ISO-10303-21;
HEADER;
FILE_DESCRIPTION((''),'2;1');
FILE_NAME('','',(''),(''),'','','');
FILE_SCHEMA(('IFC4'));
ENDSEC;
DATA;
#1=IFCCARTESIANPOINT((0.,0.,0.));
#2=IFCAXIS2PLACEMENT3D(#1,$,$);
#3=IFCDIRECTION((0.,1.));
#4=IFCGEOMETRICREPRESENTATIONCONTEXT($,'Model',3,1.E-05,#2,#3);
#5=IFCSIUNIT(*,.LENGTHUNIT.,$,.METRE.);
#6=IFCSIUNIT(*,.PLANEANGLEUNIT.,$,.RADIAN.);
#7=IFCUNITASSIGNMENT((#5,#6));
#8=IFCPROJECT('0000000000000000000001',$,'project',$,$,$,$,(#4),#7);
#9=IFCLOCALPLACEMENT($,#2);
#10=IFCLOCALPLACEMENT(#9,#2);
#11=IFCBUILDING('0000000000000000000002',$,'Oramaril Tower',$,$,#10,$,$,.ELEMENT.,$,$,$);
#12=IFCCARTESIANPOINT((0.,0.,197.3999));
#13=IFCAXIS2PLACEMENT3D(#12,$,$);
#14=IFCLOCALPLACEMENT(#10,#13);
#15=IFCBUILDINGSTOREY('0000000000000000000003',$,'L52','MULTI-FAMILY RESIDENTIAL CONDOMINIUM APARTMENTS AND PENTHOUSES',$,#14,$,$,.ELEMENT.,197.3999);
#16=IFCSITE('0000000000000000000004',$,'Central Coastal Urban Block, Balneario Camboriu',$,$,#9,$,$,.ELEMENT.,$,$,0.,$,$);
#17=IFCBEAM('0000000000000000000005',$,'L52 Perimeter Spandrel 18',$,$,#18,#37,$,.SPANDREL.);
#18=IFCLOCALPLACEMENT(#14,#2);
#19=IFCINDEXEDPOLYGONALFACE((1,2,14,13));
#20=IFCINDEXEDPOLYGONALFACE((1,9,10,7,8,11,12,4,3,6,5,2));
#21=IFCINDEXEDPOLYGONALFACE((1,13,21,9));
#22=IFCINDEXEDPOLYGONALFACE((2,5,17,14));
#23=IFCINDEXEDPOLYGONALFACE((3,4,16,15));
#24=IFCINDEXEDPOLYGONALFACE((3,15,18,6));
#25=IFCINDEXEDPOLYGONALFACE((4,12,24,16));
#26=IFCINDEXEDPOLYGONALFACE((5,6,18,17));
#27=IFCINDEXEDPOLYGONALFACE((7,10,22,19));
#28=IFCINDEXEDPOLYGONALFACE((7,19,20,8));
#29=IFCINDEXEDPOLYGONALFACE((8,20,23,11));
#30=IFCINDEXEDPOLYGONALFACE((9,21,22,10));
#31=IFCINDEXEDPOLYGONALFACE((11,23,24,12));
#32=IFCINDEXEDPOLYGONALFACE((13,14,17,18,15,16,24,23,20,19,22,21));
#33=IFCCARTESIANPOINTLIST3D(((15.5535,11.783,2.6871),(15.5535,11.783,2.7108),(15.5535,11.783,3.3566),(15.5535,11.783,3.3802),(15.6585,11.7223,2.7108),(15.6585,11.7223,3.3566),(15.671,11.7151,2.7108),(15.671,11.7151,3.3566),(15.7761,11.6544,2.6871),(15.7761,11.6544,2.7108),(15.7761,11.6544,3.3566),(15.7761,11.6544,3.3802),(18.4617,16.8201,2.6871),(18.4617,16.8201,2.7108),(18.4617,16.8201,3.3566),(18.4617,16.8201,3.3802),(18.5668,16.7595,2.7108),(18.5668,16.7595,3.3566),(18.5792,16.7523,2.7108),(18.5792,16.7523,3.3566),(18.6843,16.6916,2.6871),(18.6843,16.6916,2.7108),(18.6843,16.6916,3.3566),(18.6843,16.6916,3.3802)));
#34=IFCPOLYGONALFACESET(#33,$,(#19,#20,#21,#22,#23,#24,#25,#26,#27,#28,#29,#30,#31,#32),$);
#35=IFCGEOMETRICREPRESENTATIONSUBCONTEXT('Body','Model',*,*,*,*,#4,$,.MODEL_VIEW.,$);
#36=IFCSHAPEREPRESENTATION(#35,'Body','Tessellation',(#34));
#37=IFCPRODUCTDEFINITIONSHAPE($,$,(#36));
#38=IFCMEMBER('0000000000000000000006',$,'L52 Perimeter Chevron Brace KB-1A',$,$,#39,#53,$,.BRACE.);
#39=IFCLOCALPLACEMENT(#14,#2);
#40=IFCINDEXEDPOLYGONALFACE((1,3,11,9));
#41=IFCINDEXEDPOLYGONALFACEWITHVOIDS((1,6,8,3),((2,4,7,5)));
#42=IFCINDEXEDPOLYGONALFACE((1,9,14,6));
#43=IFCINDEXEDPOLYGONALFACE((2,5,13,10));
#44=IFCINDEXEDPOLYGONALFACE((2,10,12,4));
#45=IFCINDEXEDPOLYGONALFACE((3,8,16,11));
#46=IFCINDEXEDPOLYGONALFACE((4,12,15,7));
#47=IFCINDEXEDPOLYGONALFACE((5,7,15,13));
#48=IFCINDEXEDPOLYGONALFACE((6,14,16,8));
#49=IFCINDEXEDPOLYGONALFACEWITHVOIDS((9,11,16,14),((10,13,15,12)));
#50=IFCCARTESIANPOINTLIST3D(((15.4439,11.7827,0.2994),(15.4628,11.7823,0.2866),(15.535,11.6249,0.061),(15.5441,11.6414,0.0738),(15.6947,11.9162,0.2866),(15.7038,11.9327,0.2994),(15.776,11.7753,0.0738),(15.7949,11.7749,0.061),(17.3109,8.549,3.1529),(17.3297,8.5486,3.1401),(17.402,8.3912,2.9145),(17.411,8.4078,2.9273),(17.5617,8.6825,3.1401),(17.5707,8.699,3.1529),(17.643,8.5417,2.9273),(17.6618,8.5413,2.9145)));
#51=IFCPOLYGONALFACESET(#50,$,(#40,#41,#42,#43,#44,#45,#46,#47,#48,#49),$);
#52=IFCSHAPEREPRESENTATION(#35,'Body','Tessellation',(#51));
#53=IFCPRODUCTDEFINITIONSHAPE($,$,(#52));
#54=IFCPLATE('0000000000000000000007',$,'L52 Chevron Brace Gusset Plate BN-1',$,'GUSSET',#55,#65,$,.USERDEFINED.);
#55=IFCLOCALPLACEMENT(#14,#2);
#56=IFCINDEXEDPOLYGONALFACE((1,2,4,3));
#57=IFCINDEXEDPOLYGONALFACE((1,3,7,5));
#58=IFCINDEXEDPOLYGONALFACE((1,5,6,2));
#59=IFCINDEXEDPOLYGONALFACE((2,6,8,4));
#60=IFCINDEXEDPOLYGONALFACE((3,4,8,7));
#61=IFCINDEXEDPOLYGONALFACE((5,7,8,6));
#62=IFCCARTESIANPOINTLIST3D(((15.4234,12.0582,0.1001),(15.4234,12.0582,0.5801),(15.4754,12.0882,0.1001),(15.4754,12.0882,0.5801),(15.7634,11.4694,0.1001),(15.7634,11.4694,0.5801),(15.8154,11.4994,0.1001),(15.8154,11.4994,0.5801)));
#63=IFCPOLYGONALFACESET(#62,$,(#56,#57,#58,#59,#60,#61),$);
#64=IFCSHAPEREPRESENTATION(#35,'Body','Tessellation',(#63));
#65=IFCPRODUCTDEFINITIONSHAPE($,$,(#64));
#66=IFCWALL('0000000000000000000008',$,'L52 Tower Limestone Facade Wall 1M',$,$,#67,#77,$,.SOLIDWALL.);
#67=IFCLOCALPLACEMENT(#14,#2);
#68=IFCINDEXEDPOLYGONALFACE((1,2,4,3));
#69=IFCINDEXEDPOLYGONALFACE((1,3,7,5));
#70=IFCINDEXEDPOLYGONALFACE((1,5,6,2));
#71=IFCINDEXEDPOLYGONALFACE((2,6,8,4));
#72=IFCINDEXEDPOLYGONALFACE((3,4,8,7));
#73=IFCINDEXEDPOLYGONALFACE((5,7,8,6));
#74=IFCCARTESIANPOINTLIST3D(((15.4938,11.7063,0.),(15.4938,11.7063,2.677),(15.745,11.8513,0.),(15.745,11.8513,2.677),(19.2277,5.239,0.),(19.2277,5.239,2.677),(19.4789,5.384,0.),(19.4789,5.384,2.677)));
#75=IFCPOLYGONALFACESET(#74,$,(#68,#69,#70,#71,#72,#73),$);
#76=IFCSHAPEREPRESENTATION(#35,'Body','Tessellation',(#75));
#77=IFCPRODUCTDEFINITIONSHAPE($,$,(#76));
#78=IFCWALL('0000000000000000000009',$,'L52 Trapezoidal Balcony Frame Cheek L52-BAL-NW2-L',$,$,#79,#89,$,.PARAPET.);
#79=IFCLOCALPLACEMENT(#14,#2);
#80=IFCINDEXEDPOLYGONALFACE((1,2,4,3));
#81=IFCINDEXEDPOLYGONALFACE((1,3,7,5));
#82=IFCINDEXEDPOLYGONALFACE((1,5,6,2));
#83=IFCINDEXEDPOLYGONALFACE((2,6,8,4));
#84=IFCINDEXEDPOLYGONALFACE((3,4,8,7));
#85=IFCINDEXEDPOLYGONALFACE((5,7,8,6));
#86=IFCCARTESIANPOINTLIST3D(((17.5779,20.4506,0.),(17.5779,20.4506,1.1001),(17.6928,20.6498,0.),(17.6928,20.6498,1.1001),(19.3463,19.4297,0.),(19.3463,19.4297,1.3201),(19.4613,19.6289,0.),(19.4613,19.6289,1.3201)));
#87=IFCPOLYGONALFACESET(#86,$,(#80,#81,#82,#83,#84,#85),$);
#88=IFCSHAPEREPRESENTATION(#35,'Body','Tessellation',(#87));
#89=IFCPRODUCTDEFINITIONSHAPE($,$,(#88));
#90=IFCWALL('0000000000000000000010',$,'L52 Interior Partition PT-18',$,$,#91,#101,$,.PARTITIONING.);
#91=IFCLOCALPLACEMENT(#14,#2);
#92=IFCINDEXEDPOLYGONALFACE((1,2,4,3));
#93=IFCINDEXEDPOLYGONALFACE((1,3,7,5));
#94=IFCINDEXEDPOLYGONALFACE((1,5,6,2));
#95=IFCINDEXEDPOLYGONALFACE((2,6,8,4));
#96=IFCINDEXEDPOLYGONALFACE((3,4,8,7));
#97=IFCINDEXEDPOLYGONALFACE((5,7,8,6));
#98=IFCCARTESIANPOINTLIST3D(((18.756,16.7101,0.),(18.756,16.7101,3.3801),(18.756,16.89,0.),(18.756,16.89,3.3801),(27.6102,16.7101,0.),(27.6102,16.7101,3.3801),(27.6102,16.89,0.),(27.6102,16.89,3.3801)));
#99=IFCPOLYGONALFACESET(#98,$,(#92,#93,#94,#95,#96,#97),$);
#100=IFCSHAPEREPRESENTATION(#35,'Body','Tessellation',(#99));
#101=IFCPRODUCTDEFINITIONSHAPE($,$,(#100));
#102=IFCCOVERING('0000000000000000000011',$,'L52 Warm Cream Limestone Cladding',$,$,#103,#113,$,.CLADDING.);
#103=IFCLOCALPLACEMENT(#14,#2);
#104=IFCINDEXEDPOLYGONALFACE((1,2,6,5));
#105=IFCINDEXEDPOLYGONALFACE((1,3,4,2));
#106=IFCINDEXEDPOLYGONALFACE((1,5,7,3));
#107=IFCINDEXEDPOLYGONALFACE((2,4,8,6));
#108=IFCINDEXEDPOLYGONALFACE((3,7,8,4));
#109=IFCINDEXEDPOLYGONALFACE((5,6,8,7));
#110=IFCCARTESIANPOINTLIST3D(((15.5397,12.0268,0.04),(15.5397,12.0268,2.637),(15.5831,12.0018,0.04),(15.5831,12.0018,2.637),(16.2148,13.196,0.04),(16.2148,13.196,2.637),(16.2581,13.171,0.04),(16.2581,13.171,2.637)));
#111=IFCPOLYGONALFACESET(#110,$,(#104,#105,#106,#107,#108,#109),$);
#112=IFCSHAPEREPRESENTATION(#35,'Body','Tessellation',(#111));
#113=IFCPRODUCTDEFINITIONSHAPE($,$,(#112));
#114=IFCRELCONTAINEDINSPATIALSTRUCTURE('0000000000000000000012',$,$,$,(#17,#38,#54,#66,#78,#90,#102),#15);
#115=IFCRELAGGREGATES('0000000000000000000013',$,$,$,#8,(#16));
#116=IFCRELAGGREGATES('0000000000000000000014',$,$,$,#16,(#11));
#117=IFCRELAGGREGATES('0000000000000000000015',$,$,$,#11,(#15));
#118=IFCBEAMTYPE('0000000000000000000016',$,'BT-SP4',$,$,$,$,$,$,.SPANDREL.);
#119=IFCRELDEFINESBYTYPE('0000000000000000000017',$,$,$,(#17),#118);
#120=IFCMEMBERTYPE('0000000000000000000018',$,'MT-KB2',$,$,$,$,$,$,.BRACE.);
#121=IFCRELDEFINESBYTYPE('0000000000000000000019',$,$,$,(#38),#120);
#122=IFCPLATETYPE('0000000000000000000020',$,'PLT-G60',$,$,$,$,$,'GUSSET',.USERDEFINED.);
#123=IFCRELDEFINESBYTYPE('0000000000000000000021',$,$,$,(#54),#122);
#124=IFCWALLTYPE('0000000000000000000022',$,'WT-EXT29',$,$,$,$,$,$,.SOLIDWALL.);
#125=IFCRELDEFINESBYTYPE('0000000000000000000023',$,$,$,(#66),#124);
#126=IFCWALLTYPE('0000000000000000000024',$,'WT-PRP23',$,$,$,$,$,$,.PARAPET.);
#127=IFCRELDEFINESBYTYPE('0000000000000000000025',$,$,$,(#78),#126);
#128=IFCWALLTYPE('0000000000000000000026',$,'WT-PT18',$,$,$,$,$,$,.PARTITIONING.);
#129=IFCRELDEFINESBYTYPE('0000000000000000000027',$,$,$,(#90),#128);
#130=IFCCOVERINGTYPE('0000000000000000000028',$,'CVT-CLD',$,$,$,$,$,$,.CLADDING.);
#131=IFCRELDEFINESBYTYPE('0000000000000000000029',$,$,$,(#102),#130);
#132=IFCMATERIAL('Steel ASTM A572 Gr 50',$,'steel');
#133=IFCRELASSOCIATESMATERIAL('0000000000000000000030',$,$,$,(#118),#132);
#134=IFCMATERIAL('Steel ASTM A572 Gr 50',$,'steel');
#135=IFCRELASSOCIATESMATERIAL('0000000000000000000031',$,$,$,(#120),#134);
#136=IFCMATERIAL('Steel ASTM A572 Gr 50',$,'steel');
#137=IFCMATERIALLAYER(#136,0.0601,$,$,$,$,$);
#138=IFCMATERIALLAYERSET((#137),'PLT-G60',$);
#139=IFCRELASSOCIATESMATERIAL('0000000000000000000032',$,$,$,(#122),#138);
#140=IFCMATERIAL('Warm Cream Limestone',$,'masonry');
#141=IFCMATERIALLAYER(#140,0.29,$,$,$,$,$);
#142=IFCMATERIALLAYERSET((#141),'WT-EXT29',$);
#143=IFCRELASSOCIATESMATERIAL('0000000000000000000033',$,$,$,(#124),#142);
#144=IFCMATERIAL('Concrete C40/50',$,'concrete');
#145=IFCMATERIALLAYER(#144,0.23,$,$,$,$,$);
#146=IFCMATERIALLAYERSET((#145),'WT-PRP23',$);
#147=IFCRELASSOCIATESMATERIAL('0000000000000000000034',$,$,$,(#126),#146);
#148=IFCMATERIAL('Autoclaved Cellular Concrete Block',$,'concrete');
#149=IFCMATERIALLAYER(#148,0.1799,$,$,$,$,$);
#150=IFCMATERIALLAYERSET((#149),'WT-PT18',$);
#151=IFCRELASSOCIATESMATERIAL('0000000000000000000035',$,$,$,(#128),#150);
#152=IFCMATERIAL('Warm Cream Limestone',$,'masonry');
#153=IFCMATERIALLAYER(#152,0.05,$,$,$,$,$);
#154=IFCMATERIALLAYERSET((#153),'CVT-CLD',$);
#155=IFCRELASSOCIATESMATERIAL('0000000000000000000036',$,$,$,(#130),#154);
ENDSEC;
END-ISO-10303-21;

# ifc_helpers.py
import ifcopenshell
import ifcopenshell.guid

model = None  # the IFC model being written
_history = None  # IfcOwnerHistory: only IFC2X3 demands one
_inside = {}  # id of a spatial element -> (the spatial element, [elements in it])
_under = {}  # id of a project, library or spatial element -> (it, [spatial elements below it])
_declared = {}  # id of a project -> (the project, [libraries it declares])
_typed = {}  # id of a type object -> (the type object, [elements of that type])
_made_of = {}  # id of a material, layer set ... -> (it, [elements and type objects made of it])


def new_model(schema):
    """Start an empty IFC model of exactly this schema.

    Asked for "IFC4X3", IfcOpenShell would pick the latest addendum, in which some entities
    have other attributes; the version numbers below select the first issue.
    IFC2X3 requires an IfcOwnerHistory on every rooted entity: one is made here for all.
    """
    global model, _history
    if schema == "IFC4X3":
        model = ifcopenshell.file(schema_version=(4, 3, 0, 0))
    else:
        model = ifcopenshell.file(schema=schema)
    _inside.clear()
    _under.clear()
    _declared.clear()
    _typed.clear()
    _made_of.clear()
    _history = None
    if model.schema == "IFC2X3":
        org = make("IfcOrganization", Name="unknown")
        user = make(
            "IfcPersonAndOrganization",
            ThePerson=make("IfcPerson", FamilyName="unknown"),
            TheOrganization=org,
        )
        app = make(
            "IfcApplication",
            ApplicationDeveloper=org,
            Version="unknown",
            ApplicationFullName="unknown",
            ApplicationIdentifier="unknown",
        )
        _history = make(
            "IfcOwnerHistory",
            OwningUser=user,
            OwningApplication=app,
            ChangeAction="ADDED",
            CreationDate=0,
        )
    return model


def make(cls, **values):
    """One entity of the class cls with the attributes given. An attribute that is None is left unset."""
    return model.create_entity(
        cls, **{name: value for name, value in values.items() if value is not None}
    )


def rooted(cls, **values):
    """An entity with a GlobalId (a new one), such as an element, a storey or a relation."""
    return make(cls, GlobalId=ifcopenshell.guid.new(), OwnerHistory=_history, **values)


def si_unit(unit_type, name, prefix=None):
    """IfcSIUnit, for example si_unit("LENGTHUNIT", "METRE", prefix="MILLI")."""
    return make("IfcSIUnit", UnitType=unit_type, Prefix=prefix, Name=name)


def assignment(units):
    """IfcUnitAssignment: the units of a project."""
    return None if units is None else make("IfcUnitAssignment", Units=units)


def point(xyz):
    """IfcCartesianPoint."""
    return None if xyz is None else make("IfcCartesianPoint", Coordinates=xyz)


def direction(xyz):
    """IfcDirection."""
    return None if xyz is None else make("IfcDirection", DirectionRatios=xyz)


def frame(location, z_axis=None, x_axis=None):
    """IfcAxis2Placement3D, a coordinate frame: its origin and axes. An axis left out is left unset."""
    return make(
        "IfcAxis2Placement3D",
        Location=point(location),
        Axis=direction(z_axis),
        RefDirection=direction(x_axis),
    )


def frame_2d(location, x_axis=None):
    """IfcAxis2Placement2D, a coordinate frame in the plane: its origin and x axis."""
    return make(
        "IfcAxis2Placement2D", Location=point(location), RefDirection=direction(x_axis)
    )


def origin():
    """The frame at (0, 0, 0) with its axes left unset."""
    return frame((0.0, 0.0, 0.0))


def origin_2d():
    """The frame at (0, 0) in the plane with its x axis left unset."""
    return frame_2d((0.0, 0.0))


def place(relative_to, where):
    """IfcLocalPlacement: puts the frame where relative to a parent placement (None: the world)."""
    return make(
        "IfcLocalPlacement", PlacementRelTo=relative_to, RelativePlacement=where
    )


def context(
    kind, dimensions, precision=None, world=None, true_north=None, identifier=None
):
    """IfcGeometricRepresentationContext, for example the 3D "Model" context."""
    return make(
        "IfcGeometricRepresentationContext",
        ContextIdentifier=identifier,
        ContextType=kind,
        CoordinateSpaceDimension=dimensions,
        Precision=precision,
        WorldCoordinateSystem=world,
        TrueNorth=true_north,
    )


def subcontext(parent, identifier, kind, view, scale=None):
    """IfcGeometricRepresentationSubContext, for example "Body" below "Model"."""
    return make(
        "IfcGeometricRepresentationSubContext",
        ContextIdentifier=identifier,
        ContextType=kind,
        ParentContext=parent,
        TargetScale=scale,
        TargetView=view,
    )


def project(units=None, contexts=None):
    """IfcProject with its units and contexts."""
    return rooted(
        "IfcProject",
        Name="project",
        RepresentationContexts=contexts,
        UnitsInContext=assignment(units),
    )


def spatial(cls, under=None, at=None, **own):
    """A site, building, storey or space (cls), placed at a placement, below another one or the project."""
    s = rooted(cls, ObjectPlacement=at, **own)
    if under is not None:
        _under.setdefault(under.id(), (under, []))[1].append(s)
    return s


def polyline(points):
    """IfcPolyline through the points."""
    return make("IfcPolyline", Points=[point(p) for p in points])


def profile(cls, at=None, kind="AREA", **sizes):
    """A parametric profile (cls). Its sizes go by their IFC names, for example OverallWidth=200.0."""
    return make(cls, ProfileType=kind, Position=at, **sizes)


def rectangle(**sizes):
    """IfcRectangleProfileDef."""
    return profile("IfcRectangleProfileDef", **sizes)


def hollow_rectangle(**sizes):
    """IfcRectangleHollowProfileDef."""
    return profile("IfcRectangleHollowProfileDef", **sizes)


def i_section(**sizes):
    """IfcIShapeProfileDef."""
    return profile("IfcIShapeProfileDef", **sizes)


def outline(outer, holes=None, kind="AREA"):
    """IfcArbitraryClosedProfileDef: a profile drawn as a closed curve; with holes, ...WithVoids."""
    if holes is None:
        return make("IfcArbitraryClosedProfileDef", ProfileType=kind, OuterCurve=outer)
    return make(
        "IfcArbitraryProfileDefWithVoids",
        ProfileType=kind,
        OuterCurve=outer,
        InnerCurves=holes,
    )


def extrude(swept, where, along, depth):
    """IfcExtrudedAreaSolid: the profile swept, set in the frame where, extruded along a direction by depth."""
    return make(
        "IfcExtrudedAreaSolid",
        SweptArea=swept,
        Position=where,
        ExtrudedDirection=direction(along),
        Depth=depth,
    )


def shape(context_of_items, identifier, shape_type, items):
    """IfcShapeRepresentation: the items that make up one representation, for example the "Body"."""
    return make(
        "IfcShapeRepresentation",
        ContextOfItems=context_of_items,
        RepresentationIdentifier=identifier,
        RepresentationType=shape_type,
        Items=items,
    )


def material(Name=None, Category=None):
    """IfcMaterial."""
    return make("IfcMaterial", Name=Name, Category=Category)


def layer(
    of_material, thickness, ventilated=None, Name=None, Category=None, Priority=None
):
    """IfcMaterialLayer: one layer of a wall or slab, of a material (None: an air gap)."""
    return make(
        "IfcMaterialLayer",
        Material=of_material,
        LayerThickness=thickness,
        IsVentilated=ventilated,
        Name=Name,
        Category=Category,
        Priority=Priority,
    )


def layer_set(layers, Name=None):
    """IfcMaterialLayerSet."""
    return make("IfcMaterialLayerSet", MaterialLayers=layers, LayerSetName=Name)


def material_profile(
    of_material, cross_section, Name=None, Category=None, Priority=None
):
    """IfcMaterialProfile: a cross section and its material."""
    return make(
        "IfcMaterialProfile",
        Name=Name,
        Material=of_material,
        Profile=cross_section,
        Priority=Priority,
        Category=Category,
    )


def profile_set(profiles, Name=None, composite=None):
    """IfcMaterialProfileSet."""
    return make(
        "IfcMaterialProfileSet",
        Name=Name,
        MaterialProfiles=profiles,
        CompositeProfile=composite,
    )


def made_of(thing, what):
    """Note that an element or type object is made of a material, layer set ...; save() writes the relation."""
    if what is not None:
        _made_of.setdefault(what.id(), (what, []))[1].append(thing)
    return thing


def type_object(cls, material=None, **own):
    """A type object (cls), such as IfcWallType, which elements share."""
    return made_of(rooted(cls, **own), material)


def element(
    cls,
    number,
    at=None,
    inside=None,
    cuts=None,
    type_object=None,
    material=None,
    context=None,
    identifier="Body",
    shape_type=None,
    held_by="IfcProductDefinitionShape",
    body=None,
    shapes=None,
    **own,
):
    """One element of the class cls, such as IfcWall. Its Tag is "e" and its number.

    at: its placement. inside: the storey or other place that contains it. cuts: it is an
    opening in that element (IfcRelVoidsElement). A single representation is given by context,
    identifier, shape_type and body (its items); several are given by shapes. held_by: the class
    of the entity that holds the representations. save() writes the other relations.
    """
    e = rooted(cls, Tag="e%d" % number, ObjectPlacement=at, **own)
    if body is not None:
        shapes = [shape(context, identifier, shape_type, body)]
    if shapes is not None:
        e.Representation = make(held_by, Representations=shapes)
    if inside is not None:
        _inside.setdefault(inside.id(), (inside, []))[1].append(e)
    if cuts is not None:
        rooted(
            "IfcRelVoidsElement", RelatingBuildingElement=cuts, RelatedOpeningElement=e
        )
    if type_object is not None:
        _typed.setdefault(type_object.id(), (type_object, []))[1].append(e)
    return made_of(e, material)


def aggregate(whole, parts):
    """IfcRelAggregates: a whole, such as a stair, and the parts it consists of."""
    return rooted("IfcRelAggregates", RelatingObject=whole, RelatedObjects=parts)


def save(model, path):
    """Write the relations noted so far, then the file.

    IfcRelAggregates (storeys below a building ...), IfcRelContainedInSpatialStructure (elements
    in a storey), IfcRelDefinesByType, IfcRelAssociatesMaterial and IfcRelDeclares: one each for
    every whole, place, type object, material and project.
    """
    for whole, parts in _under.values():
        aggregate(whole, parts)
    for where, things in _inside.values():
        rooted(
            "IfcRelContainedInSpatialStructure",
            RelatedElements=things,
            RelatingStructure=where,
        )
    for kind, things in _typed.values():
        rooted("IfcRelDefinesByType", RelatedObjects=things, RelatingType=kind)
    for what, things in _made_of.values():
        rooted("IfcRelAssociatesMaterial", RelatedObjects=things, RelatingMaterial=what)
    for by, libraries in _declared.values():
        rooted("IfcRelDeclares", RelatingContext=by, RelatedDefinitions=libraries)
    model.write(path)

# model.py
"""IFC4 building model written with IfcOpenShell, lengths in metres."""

from ifc_helpers import new_model, si_unit, direction, frame, frame_2d, origin, origin_2d, place, context, subcontext, project, spatial, polyline, rectangle, hollow_rectangle, i_section, outline, extrude, material, layer, layer_set, material_profile, profile_set, type_object, element, save


model = new_model("IFC4")

# Units and contexts
model_context = context("Model", 3, precision=1e-05, world=origin(), true_north=direction((0.0, 1.0)))
body_context = subcontext(model_context, "Body", "Model", "MODEL_VIEW")
ifc_project = project(units=[si_unit("LENGTHUNIT", "METRE"), si_unit("PLANEANGLEUNIT", "RADIAN")], contexts=[model_context])

# Site, building, storey
site_placement = place(None, origin())
site = spatial("IfcSite", under=ifc_project, at=site_placement, Name="Central Coastal Urban Block, Balneario Camboriu", CompositionType="ELEMENT", RefElevation=0.0)
building_placement = place(site_placement, origin())
building = spatial("IfcBuilding", under=site, at=building_placement, Name="Oramaril Tower", CompositionType="ELEMENT")
storey_placement = place(building_placement, frame((0.0, 0.0, 197.3999)))
storey = spatial("IfcBuildingStorey", under=building, at=storey_placement, Name="L52", Description="MULTI-FAMILY RESIDENTIAL CONDOMINIUM APARTMENTS AND PENTHOUSES", CompositionType="ELEMENT", Elevation=197.3999)

# Beam
ifc_material_1 = material(Name="Steel ASTM A572 Gr 50", Category="steel")
ifc_material_profile_1 = material_profile(ifc_material_1, i_section(OverallWidth=0.2571, OverallDepth=0.6931, WebThickness=0.0144, FlangeThickness=0.0237, at=origin_2d()), Name="W27X114")
ifc_profile_set_1 = profile_set([ifc_material_profile_1], Name="Steel ASTM A572 Gr 50")
beam_type_1 = type_object("IfcBeamType", Name="BT-SP4", PredefinedType="SPANDREL", material=ifc_profile_set_1)
beam_1_placement = place(storey_placement, frame((18.573, 16.7559, 3.0337), z_axis=(-0.500003, -0.866023, 0.0), x_axis=(0.866023, -0.500003, 0.0)))
element("IfcBeam", 1, at=beam_1_placement, inside=storey, type_object=beam_type_1, Name="L52 Perimeter Spandrel 18", PredefinedType="SPANDREL", context=body_context, shape_type="SweptSolid", body=[
    extrude(i_section(OverallWidth=0.2571, OverallDepth=0.6931, WebThickness=0.0144, FlangeThickness=0.0237, at=origin_2d()), origin(), (0.0, 0.0, 1.0), 5.8164),
])

# Member
ifc_material_2 = material(Name="Steel ASTM A572 Gr 50", Category="steel")
ifc_material_profile_2 = material_profile(ifc_material_2, hollow_rectangle(XDim=0.3, YDim=0.3, WallThickness=0.0161, at=origin_2d()), Name="HSS300X300X16")
ifc_profile_set_2 = profile_set([ifc_material_profile_2], Name="Steel ASTM A572 Gr 50")
member_type = type_object("IfcMemberType", Name="MT-KB2", PredefinedType="BRACE", material=ifc_profile_set_2)
member_placement = place(storey_placement, frame((15.6194, 11.7788, 0.1802), z_axis=(0.397272, -0.688095, 0.607207), x_axis=(0.866026, 0.5, 0.0)))
element("IfcMember", 2, at=member_placement, inside=storey, type_object=member_type, Name="L52 Perimeter Chevron Brace KB-1A", PredefinedType="BRACE", context=body_context, shape_type="SweptSolid", body=[
    extrude(hollow_rectangle(XDim=0.3, YDim=0.3, WallThickness=0.0161, at=origin_2d()), origin(), (0.0, 0.0, 1.0), 4.6995),
])

# Plate
ifc_material_3 = material(Name="Steel ASTM A572 Gr 50", Category="steel")
ifc_layer_1 = layer(ifc_material_3, 0.0601)
ifc_layer_set_1 = layer_set([ifc_layer_1], Name="PLT-G60")
plate_type = type_object("IfcPlateType", Name="PLT-G60", ElementType="GUSSET", PredefinedType="USERDEFINED", material=ifc_layer_set_1)
plate_placement = place(storey_placement, frame((15.6194, 11.7788, 0.1001), z_axis=(0.0, 0.0, 1.0), x_axis=(0.499995, -0.866028, 0.0)))
element("IfcPlate", 3, at=plate_placement, inside=storey, type_object=plate_type, Name="L52 Chevron Brace Gusset Plate BN-1", ObjectType="GUSSET", PredefinedType="USERDEFINED", context=body_context, shape_type="SweptSolid", body=[
    extrude(rectangle(XDim=0.6799, YDim=0.0601, at=origin_2d()), origin(), (0.0, 0.0, 1.0), 0.48),
])

# Walls
ifc_material_4 = material(Name="Warm Cream Limestone", Category="masonry")
ifc_layer_2 = layer(ifc_material_4, 0.29)
ifc_layer_set_2 = layer_set([ifc_layer_2], Name="WT-EXT29")
wall_type_1 = type_object("IfcWallType", Name="WT-EXT29", PredefinedType="SOLIDWALL", material=ifc_layer_set_2)
wall_1_placement = place(storey_placement, frame((15.6194, 11.7788, 0.0), z_axis=(0.0, 0.0, 1.0), x_axis=(0.5, -0.866026, 0.0)))
element("IfcWall", 4, at=wall_1_placement, inside=storey, type_object=wall_type_1, Name="L52 Tower Limestone Facade Wall 1M", PredefinedType="SOLIDWALL", context=body_context, shape_type="SweptSolid", body=[
    extrude(rectangle(XDim=7.4678, YDim=0.29, at=frame_2d((3.7339, 0.0))), origin(), (0.0, 0.0, 1.0), 2.677),
])
ifc_material_5 = material(Name="Concrete C40/50", Category="concrete")
ifc_layer_3 = layer(ifc_material_5, 0.23)
ifc_layer_set_3 = layer_set([ifc_layer_3], Name="WT-PRP23")
wall_type_2 = type_object("IfcWallType", Name="WT-PRP23", PredefinedType="PARAPET", material=ifc_layer_set_3)
wall_2_placement = place(storey_placement, frame((19.4038, 19.5293, 0.0), z_axis=(0.0, 0.0, 1.0), x_axis=(-0.866042, 0.499971, 0.0)))
element("IfcWall", 5, at=wall_2_placement, inside=storey, type_object=wall_type_2, Name="L52 Trapezoidal Balcony Frame Cheek L52-BAL-NW2-L", PredefinedType="PARAPET", context=body_context, shape_type="SweptSolid", body=[
    extrude(outline(polyline([(0.0, 0.0), (2.042, 0.0), (2.042, 1.1001), (0.0, 1.3201), (0.0, 0.0)])), frame((0.0, 0.115, 0.0), z_axis=(0.0, -1.0, 0.0), x_axis=(1.0, 0.0, 0.0)), (0.0, 0.0, 1.0), 0.23),
])
ifc_material_6 = material(Name="Autoclaved Cellular Concrete Block", Category="concrete")
ifc_layer_4 = layer(ifc_material_6, 0.1799)
ifc_layer_set_4 = layer_set([ifc_layer_4], Name="WT-PT18")
wall_type_3 = type_object("IfcWallType", Name="WT-PT18", PredefinedType="PARTITIONING", material=ifc_layer_set_4)
wall_3_placement = place(storey_placement, frame((18.7559, 16.8, 0.0), z_axis=(0.0, 0.0, 1.0), x_axis=(1.0, 0.0, 0.0)))
element("IfcWall", 6, at=wall_3_placement, inside=storey, type_object=wall_type_3, Name="L52 Interior Partition PT-18", PredefinedType="PARTITIONING", context=body_context, shape_type="SweptSolid", body=[
    extrude(rectangle(XDim=8.8542, YDim=0.1799, at=frame_2d((4.4272, 0.0))), origin(), (0.0, 0.0, 1.0), 3.3801),
])

# Covering
ifc_material_7 = material(Name="Warm Cream Limestone", Category="masonry")
ifc_layer_5 = layer(ifc_material_7, 0.05)
ifc_layer_set_5 = layer_set([ifc_layer_5], Name="CVT-CLD")
covering_type = type_object("IfcCoveringType", Name="CVT-CLD", PredefinedType="CLADDING", material=ifc_layer_set_5)
covering_placement = place(storey_placement, frame((15.8989, 12.5989, 0.04), z_axis=(0.0, 0.0, 1.0), x_axis=(-0.5, -0.866025, 0.0)))
element("IfcCovering", 7, at=covering_placement, inside=storey, type_object=covering_type, Name="L52 Warm Cream Limestone Cladding", PredefinedType="CLADDING", context=body_context, shape_type="SweptSolid", body=[
    extrude(rectangle(XDim=1.3501, YDim=0.05, at=origin_2d()), origin(), (0.0, 0.0, 1.0), 2.5969),
])

save(model, "model.ifc")
